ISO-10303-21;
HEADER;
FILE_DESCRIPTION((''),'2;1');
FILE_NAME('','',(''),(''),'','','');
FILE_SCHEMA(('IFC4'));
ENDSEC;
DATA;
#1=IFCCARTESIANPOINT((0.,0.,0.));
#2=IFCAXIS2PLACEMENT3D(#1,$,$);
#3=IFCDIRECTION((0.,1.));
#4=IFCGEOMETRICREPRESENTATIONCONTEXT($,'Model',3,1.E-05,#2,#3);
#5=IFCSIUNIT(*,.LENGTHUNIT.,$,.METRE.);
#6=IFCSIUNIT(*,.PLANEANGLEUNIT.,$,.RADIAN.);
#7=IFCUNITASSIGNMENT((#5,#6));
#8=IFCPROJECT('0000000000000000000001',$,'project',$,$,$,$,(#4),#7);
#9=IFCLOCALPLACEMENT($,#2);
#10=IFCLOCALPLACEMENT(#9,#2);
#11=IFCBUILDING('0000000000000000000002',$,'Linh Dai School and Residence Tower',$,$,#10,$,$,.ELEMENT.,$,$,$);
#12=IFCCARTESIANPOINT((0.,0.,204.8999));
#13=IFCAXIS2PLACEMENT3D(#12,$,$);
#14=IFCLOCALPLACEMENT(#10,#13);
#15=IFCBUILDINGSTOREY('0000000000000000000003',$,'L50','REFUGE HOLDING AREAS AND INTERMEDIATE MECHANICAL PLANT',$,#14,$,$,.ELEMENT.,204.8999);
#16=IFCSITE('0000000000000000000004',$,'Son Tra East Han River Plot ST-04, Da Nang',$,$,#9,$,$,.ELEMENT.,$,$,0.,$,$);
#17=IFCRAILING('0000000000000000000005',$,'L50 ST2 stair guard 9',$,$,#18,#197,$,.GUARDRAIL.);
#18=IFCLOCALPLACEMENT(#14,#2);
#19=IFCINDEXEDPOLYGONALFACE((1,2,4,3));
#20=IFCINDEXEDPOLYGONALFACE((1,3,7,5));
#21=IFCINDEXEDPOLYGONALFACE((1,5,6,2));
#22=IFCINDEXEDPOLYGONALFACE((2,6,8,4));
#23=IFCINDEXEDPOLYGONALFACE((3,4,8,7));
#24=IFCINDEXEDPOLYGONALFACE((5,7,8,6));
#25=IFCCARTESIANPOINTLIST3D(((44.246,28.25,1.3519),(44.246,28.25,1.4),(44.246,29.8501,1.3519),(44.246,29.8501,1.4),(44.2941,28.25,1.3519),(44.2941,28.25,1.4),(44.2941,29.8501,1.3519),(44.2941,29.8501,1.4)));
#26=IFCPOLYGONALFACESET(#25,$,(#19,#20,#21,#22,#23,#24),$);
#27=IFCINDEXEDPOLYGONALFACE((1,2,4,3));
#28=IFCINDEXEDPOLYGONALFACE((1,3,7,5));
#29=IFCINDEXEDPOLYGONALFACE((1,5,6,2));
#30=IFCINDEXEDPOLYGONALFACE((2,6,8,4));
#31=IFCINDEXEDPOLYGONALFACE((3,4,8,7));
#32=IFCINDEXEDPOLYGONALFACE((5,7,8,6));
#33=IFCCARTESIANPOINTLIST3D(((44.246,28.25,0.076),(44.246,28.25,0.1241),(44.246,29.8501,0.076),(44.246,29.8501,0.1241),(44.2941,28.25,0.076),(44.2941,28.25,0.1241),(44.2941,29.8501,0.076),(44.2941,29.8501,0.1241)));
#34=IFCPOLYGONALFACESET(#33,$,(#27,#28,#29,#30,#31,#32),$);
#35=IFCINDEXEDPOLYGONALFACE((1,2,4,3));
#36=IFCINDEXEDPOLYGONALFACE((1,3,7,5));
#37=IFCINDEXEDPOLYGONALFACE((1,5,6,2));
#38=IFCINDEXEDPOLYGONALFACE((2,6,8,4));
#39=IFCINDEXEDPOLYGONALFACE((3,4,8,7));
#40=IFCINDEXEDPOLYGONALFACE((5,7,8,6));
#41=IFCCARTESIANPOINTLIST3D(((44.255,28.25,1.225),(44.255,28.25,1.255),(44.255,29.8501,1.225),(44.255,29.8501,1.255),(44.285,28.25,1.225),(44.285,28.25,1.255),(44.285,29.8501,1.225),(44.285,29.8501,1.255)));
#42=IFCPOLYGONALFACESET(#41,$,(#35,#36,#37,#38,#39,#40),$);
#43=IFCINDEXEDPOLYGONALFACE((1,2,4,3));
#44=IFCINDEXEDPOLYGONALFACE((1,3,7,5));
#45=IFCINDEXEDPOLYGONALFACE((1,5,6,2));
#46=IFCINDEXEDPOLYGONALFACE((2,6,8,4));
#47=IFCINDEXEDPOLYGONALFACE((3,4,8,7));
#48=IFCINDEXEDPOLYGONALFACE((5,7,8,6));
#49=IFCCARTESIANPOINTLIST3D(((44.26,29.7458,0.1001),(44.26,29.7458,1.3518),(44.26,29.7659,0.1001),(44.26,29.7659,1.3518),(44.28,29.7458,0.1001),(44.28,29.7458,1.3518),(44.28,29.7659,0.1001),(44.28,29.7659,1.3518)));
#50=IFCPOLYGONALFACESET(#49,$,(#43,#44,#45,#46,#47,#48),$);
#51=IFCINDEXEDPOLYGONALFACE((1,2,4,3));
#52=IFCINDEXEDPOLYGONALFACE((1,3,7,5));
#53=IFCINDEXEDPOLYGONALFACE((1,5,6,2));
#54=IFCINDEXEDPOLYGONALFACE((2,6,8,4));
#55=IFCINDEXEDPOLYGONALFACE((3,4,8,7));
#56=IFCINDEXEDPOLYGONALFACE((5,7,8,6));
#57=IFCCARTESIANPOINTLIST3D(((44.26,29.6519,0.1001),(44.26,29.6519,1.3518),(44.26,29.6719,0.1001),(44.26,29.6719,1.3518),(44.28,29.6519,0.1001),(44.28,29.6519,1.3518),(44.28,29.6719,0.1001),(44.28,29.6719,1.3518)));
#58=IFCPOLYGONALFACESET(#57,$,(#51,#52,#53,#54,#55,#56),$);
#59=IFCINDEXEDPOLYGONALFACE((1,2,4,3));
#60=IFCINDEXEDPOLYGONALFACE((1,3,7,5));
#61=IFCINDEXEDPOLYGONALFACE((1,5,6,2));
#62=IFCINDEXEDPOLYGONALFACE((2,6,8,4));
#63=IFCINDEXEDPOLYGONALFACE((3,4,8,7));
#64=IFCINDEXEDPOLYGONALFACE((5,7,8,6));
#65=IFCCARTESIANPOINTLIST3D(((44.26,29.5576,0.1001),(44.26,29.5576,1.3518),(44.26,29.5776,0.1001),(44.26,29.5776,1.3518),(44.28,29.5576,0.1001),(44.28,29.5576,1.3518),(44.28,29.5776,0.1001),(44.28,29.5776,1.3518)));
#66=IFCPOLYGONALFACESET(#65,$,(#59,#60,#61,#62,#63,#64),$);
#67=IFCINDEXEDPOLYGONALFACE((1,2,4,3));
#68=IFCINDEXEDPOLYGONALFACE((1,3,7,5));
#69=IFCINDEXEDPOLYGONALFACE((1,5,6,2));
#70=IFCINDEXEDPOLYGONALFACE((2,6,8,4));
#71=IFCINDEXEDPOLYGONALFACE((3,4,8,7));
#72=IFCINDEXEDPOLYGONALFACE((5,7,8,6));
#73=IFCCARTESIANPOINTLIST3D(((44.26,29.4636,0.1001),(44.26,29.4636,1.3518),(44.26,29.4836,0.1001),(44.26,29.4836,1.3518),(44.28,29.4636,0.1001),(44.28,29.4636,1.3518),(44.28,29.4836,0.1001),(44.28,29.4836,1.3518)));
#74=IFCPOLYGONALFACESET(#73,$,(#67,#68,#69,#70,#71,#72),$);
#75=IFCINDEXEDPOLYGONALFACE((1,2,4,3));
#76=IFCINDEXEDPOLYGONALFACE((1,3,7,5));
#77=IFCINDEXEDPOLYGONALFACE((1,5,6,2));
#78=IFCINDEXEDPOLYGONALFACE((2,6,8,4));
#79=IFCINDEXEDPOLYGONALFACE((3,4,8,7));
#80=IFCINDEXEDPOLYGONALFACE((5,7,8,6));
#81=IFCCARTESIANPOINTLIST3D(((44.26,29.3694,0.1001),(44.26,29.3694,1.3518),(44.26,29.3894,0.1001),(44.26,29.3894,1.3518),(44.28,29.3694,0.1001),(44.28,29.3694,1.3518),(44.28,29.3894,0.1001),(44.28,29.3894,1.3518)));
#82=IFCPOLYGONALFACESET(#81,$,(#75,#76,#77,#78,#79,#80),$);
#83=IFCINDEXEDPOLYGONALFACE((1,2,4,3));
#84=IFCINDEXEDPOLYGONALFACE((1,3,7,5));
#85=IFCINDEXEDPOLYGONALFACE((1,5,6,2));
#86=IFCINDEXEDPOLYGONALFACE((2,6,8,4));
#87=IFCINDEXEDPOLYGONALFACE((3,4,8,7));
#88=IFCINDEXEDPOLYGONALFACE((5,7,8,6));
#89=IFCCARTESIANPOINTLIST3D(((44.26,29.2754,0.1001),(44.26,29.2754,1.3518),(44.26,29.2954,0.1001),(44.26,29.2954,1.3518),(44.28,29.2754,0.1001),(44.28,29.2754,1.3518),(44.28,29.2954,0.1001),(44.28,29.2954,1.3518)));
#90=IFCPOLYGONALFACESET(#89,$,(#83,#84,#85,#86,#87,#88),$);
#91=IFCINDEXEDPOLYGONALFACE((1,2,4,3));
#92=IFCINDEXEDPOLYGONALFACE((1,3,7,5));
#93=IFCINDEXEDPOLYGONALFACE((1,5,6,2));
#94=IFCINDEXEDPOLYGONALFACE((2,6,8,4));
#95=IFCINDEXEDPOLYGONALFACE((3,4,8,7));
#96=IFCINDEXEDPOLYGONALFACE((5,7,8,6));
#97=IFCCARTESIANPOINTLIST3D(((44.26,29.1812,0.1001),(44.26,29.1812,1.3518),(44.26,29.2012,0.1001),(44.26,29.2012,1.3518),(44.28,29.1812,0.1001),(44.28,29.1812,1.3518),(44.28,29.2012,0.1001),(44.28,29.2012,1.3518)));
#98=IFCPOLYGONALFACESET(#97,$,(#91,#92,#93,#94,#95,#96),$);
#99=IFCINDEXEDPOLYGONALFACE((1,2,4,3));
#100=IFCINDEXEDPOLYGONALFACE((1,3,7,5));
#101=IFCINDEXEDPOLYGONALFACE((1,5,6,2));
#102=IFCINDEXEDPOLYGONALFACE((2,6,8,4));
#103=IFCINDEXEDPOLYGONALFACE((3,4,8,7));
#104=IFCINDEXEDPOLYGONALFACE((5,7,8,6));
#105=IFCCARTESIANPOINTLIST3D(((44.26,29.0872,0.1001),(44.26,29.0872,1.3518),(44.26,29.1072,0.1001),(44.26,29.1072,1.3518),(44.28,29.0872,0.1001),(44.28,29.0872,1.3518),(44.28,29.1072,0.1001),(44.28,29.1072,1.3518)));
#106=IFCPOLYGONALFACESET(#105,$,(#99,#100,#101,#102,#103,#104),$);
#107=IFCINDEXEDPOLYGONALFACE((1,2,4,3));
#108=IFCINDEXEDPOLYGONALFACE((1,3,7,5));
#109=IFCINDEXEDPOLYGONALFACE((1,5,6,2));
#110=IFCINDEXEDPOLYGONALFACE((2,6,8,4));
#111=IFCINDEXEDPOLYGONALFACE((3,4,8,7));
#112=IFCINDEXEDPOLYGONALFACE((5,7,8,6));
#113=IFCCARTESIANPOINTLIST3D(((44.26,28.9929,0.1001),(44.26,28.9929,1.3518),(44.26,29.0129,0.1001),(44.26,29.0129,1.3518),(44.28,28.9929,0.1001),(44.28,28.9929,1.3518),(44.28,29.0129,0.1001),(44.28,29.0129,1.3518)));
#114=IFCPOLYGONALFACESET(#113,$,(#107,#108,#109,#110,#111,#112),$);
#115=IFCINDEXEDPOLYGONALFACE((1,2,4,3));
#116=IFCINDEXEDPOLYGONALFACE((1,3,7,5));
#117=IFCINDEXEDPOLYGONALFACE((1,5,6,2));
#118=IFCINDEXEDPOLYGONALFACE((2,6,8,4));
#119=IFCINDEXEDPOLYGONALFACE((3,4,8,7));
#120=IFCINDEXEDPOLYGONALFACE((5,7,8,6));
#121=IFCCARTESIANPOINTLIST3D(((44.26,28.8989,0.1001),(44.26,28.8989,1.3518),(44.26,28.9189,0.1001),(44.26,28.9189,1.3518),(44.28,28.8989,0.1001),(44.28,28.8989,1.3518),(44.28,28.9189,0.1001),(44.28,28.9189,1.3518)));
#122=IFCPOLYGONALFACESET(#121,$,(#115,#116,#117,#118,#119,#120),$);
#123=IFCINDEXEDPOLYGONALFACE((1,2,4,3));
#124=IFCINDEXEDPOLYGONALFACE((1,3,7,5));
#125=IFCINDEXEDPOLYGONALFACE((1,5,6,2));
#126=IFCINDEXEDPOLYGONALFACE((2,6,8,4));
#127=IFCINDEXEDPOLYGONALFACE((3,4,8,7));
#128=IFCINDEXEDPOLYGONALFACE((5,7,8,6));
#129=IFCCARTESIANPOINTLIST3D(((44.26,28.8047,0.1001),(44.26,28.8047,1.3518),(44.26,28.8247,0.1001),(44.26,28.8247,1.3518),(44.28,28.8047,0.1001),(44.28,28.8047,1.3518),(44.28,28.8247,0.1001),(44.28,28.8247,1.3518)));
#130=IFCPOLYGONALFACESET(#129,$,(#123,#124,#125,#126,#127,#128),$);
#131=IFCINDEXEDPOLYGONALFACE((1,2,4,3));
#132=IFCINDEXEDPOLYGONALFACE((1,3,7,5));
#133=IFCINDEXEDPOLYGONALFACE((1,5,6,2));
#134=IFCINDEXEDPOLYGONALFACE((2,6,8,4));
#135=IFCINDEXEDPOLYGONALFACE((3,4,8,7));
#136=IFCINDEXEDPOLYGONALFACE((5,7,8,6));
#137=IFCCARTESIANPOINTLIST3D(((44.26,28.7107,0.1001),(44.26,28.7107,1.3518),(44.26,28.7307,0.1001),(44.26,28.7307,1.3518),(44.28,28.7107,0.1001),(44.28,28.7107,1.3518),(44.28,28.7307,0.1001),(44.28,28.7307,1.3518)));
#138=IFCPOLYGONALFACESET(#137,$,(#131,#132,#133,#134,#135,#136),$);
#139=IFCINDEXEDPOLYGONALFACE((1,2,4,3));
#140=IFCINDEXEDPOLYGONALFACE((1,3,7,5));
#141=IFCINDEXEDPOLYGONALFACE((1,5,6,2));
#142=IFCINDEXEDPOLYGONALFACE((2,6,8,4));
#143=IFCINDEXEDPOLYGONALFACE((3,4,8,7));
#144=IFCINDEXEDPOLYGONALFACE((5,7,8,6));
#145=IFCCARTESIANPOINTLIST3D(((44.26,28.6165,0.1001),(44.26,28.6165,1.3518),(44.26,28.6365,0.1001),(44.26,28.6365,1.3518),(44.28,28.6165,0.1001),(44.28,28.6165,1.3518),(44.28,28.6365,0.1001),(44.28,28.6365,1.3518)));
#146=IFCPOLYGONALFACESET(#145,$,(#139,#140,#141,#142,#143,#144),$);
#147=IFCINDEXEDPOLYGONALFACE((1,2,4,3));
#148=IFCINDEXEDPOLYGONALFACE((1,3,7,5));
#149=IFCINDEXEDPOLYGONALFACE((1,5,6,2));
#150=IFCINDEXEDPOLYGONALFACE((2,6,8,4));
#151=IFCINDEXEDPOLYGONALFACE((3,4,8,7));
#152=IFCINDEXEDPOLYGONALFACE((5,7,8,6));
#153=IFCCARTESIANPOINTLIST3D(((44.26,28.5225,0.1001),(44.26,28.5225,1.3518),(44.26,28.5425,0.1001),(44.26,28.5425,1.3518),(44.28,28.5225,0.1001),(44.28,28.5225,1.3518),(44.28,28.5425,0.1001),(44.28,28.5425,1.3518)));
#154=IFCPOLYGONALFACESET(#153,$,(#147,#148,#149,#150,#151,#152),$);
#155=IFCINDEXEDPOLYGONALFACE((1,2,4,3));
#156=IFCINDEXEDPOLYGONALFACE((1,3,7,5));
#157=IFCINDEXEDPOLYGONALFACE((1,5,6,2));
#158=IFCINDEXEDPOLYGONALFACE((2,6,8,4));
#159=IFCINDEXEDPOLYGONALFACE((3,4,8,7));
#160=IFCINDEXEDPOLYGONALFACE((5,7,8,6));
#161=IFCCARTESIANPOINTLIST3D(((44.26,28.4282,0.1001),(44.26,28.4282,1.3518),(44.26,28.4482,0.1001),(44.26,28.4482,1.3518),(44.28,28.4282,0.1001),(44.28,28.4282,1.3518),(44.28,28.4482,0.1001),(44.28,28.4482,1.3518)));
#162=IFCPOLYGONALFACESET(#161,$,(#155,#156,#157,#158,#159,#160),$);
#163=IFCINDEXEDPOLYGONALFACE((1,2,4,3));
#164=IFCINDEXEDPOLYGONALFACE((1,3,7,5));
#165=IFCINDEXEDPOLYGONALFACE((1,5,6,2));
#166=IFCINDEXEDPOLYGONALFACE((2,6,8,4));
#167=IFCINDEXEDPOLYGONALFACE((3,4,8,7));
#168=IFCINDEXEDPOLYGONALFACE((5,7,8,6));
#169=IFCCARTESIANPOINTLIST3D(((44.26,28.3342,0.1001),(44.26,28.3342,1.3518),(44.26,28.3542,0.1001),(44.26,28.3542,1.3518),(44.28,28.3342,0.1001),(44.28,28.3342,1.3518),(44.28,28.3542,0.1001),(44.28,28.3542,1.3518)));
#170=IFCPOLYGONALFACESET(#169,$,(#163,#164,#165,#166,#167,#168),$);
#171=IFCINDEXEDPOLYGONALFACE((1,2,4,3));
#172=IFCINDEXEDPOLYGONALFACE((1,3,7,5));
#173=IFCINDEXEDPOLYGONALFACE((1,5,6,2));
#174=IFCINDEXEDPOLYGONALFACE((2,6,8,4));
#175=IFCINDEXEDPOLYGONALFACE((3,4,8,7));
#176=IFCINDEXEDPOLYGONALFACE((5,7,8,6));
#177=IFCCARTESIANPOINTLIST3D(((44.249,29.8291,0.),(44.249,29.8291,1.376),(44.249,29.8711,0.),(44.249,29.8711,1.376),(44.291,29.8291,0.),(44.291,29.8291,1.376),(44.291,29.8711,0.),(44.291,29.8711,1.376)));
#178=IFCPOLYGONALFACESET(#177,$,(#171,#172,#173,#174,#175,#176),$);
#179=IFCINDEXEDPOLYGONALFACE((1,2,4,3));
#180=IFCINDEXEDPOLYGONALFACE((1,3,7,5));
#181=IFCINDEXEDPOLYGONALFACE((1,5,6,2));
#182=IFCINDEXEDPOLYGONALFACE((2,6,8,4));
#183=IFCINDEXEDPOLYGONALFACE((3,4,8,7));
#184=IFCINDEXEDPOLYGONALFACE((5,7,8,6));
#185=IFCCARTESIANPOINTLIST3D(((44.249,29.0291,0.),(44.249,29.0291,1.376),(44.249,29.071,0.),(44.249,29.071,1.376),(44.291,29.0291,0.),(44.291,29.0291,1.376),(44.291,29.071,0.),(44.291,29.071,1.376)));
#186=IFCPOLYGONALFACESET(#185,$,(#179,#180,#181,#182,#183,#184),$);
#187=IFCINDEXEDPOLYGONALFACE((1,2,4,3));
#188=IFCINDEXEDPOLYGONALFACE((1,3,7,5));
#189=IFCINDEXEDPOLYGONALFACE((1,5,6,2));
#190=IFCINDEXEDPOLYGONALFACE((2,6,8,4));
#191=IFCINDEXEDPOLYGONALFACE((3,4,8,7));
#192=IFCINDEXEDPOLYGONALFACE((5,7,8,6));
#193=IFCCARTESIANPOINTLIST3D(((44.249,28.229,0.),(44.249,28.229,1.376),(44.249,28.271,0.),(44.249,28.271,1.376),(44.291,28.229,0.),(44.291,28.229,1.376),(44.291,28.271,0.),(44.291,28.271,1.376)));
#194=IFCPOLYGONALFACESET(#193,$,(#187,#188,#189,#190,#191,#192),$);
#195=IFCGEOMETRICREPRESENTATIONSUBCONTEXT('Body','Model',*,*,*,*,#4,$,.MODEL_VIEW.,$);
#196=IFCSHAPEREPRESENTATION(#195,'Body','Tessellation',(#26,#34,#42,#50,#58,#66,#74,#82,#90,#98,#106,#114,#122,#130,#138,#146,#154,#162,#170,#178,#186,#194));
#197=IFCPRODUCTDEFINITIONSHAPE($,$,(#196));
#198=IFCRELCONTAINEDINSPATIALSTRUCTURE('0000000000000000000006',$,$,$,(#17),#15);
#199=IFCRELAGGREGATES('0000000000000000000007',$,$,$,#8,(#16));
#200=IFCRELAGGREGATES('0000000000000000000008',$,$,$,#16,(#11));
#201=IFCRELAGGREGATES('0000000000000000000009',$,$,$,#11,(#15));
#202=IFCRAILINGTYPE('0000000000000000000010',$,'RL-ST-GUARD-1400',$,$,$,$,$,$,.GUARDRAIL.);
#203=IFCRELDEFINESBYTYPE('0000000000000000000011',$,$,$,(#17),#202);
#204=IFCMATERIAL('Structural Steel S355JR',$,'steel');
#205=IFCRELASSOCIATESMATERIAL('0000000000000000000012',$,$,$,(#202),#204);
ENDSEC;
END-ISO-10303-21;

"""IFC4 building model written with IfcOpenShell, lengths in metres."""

from ifc_helpers import new_model, si_unit, direction, frame, origin, origin_2d, place, context, subcontext, project, spatial, rectangle, extrude, source, transform, mapped, material, type_object, element, save


model = new_model("IFC4")

# Units and contexts
model_context = context("Model", 3, precision=1e-05, world=origin(), true_north=direction((0.0, 1.0)))
body_context = subcontext(model_context, "Body", "Model", "MODEL_VIEW")
ifc_project = project(units=[si_unit("LENGTHUNIT", "METRE"), si_unit("PLANEANGLEUNIT", "RADIAN")], contexts=[model_context])

# Site, building, storey
site_placement = place(None, origin())
site = spatial("IfcSite", under=ifc_project, at=site_placement, Name="Son Tra East Han River Plot ST-04, Da Nang", CompositionType="ELEMENT", RefElevation=0.0)
building_placement = place(site_placement, origin())
building = spatial("IfcBuilding", under=site, at=building_placement, Name="Linh Dai School and Residence Tower", CompositionType="ELEMENT")
storey_placement = place(building_placement, frame((0.0, 0.0, 204.8999)))
storey = spatial("IfcBuildingStorey", under=building, at=storey_placement, Name="L50", Description="REFUGE HOLDING AREAS AND INTERMEDIATE MECHANICAL PLANT", CompositionType="ELEMENT", Elevation=204.8999)

# Shared definitions
ifc_material_1 = material(Name="Structural Steel S355JR", Category="steel")

# Railing
railing_type_1 = type_object("IfcRailingType", Name="RL-ST-GUARD-1400", PredefinedType="GUARDRAIL", material=ifc_material_1)
shared_shape_1 = source(origin(), body_context, "Body", "SweptSolid", [
    extrude(rectangle(XDim=0.0481, YDim=0.0481, at=origin_2d()), frame((0.0, 0.0, 1.376), z_axis=(0.0, -1.0, 0.0), x_axis=(1.0, 0.0, 0.0)), (0.0, 0.0, 1.0), 1.6001),
    extrude(rectangle(XDim=0.0481, YDim=0.0481, at=origin_2d()), frame((0.0, 0.0, 0.1001), z_axis=(0.0, -1.0, 0.0), x_axis=(1.0, 0.0, 0.0)), (0.0, 0.0, 1.0), 1.6001),
    extrude(rectangle(XDim=0.03, YDim=0.03, at=origin_2d()), frame((0.0, 0.0, 1.24), z_axis=(0.0, -1.0, 0.0), x_axis=(1.0, 0.0, 0.0)), (0.0, 0.0, 1.0), 1.6001),
    extrude(rectangle(XDim=0.02, YDim=0.02, at=origin_2d()), frame((0.0, -0.0942, 0.1001)), (0.0, 0.0, 1.0), 1.2517),
    extrude(rectangle(XDim=0.02, YDim=0.02, at=origin_2d()), frame((0.0, -0.1882, 0.1001)), (0.0, 0.0, 1.0), 1.2517),
    extrude(rectangle(XDim=0.02, YDim=0.02, at=origin_2d()), frame((0.0, -0.2825, 0.1001)), (0.0, 0.0, 1.0), 1.2517),
    extrude(rectangle(XDim=0.02, YDim=0.02, at=origin_2d()), frame((0.0, -0.3765, 0.1001)), (0.0, 0.0, 1.0), 1.2517),
    extrude(rectangle(XDim=0.02, YDim=0.02, at=origin_2d()), frame((0.0, -0.4707, 0.1001)), (0.0, 0.0, 1.0), 1.2517),
    extrude(rectangle(XDim=0.02, YDim=0.02, at=origin_2d()), frame((0.0, -0.5647, 0.1001)), (0.0, 0.0, 1.0), 1.2517),
    extrude(rectangle(XDim=0.02, YDim=0.02, at=origin_2d()), frame((0.0, -0.6589, 0.1001)), (0.0, 0.0, 1.0), 1.2517),
    extrude(rectangle(XDim=0.02, YDim=0.02, at=origin_2d()), frame((0.0, -0.7529, 0.1001)), (0.0, 0.0, 1.0), 1.2517),
    extrude(rectangle(XDim=0.02, YDim=0.02, at=origin_2d()), frame((0.0, -0.8472, 0.1001)), (0.0, 0.0, 1.0), 1.2517),
    extrude(rectangle(XDim=0.02, YDim=0.02, at=origin_2d()), frame((0.0, -0.9412, 0.1001)), (0.0, 0.0, 1.0), 1.2517),
    extrude(rectangle(XDim=0.02, YDim=0.02, at=origin_2d()), frame((0.0, -1.0354, 0.1001)), (0.0, 0.0, 1.0), 1.2517),
    extrude(rectangle(XDim=0.02, YDim=0.02, at=origin_2d()), frame((0.0, -1.1294, 0.1001)), (0.0, 0.0, 1.0), 1.2517),
    extrude(rectangle(XDim=0.02, YDim=0.02, at=origin_2d()), frame((0.0, -1.2236, 0.1001)), (0.0, 0.0, 1.0), 1.2517),
    extrude(rectangle(XDim=0.02, YDim=0.02, at=origin_2d()), frame((0.0, -1.3176, 0.1001)), (0.0, 0.0, 1.0), 1.2517),
    extrude(rectangle(XDim=0.02, YDim=0.02, at=origin_2d()), frame((0.0, -1.4119, 0.1001)), (0.0, 0.0, 1.0), 1.2517),
    extrude(rectangle(XDim=0.02, YDim=0.02, at=origin_2d()), frame((0.0, -1.5059, 0.1001)), (0.0, 0.0, 1.0), 1.2517),
    extrude(rectangle(XDim=0.042, YDim=0.042, at=origin_2d()), origin(), (0.0, 0.0, 1.0), 1.376),
    extrude(rectangle(XDim=0.042, YDim=0.042, at=origin_2d()), frame((0.0, -0.8, 0.0)), (0.0, 0.0, 1.0), 1.376),
    extrude(rectangle(XDim=0.042, YDim=0.042, at=origin_2d()), frame((0.0, -1.6001, 0.0)), (0.0, 0.0, 1.0), 1.376),
])
for number, where, name in (
    (1, (44.27, 29.8501, 0.0), "L50 ST2 stair guard 9"),
):
    element("IfcRailing", number, at=place(storey_placement, frame(where)), inside=storey, type_object=railing_type_1, Name=name, PredefinedType="GUARDRAIL", context=body_context, shape_type="MappedRepresentation", body=[
        mapped(shared_shape_1, transform((0.0, 0.0, 0.0), x_axis=(1.0, 0.0, 0.0), y_axis=(0.0, 1.0, 0.0), z_axis=(0.0, 0.0, 1.0), scale=1.0)),
    ])

save(model, "model.ifc")
